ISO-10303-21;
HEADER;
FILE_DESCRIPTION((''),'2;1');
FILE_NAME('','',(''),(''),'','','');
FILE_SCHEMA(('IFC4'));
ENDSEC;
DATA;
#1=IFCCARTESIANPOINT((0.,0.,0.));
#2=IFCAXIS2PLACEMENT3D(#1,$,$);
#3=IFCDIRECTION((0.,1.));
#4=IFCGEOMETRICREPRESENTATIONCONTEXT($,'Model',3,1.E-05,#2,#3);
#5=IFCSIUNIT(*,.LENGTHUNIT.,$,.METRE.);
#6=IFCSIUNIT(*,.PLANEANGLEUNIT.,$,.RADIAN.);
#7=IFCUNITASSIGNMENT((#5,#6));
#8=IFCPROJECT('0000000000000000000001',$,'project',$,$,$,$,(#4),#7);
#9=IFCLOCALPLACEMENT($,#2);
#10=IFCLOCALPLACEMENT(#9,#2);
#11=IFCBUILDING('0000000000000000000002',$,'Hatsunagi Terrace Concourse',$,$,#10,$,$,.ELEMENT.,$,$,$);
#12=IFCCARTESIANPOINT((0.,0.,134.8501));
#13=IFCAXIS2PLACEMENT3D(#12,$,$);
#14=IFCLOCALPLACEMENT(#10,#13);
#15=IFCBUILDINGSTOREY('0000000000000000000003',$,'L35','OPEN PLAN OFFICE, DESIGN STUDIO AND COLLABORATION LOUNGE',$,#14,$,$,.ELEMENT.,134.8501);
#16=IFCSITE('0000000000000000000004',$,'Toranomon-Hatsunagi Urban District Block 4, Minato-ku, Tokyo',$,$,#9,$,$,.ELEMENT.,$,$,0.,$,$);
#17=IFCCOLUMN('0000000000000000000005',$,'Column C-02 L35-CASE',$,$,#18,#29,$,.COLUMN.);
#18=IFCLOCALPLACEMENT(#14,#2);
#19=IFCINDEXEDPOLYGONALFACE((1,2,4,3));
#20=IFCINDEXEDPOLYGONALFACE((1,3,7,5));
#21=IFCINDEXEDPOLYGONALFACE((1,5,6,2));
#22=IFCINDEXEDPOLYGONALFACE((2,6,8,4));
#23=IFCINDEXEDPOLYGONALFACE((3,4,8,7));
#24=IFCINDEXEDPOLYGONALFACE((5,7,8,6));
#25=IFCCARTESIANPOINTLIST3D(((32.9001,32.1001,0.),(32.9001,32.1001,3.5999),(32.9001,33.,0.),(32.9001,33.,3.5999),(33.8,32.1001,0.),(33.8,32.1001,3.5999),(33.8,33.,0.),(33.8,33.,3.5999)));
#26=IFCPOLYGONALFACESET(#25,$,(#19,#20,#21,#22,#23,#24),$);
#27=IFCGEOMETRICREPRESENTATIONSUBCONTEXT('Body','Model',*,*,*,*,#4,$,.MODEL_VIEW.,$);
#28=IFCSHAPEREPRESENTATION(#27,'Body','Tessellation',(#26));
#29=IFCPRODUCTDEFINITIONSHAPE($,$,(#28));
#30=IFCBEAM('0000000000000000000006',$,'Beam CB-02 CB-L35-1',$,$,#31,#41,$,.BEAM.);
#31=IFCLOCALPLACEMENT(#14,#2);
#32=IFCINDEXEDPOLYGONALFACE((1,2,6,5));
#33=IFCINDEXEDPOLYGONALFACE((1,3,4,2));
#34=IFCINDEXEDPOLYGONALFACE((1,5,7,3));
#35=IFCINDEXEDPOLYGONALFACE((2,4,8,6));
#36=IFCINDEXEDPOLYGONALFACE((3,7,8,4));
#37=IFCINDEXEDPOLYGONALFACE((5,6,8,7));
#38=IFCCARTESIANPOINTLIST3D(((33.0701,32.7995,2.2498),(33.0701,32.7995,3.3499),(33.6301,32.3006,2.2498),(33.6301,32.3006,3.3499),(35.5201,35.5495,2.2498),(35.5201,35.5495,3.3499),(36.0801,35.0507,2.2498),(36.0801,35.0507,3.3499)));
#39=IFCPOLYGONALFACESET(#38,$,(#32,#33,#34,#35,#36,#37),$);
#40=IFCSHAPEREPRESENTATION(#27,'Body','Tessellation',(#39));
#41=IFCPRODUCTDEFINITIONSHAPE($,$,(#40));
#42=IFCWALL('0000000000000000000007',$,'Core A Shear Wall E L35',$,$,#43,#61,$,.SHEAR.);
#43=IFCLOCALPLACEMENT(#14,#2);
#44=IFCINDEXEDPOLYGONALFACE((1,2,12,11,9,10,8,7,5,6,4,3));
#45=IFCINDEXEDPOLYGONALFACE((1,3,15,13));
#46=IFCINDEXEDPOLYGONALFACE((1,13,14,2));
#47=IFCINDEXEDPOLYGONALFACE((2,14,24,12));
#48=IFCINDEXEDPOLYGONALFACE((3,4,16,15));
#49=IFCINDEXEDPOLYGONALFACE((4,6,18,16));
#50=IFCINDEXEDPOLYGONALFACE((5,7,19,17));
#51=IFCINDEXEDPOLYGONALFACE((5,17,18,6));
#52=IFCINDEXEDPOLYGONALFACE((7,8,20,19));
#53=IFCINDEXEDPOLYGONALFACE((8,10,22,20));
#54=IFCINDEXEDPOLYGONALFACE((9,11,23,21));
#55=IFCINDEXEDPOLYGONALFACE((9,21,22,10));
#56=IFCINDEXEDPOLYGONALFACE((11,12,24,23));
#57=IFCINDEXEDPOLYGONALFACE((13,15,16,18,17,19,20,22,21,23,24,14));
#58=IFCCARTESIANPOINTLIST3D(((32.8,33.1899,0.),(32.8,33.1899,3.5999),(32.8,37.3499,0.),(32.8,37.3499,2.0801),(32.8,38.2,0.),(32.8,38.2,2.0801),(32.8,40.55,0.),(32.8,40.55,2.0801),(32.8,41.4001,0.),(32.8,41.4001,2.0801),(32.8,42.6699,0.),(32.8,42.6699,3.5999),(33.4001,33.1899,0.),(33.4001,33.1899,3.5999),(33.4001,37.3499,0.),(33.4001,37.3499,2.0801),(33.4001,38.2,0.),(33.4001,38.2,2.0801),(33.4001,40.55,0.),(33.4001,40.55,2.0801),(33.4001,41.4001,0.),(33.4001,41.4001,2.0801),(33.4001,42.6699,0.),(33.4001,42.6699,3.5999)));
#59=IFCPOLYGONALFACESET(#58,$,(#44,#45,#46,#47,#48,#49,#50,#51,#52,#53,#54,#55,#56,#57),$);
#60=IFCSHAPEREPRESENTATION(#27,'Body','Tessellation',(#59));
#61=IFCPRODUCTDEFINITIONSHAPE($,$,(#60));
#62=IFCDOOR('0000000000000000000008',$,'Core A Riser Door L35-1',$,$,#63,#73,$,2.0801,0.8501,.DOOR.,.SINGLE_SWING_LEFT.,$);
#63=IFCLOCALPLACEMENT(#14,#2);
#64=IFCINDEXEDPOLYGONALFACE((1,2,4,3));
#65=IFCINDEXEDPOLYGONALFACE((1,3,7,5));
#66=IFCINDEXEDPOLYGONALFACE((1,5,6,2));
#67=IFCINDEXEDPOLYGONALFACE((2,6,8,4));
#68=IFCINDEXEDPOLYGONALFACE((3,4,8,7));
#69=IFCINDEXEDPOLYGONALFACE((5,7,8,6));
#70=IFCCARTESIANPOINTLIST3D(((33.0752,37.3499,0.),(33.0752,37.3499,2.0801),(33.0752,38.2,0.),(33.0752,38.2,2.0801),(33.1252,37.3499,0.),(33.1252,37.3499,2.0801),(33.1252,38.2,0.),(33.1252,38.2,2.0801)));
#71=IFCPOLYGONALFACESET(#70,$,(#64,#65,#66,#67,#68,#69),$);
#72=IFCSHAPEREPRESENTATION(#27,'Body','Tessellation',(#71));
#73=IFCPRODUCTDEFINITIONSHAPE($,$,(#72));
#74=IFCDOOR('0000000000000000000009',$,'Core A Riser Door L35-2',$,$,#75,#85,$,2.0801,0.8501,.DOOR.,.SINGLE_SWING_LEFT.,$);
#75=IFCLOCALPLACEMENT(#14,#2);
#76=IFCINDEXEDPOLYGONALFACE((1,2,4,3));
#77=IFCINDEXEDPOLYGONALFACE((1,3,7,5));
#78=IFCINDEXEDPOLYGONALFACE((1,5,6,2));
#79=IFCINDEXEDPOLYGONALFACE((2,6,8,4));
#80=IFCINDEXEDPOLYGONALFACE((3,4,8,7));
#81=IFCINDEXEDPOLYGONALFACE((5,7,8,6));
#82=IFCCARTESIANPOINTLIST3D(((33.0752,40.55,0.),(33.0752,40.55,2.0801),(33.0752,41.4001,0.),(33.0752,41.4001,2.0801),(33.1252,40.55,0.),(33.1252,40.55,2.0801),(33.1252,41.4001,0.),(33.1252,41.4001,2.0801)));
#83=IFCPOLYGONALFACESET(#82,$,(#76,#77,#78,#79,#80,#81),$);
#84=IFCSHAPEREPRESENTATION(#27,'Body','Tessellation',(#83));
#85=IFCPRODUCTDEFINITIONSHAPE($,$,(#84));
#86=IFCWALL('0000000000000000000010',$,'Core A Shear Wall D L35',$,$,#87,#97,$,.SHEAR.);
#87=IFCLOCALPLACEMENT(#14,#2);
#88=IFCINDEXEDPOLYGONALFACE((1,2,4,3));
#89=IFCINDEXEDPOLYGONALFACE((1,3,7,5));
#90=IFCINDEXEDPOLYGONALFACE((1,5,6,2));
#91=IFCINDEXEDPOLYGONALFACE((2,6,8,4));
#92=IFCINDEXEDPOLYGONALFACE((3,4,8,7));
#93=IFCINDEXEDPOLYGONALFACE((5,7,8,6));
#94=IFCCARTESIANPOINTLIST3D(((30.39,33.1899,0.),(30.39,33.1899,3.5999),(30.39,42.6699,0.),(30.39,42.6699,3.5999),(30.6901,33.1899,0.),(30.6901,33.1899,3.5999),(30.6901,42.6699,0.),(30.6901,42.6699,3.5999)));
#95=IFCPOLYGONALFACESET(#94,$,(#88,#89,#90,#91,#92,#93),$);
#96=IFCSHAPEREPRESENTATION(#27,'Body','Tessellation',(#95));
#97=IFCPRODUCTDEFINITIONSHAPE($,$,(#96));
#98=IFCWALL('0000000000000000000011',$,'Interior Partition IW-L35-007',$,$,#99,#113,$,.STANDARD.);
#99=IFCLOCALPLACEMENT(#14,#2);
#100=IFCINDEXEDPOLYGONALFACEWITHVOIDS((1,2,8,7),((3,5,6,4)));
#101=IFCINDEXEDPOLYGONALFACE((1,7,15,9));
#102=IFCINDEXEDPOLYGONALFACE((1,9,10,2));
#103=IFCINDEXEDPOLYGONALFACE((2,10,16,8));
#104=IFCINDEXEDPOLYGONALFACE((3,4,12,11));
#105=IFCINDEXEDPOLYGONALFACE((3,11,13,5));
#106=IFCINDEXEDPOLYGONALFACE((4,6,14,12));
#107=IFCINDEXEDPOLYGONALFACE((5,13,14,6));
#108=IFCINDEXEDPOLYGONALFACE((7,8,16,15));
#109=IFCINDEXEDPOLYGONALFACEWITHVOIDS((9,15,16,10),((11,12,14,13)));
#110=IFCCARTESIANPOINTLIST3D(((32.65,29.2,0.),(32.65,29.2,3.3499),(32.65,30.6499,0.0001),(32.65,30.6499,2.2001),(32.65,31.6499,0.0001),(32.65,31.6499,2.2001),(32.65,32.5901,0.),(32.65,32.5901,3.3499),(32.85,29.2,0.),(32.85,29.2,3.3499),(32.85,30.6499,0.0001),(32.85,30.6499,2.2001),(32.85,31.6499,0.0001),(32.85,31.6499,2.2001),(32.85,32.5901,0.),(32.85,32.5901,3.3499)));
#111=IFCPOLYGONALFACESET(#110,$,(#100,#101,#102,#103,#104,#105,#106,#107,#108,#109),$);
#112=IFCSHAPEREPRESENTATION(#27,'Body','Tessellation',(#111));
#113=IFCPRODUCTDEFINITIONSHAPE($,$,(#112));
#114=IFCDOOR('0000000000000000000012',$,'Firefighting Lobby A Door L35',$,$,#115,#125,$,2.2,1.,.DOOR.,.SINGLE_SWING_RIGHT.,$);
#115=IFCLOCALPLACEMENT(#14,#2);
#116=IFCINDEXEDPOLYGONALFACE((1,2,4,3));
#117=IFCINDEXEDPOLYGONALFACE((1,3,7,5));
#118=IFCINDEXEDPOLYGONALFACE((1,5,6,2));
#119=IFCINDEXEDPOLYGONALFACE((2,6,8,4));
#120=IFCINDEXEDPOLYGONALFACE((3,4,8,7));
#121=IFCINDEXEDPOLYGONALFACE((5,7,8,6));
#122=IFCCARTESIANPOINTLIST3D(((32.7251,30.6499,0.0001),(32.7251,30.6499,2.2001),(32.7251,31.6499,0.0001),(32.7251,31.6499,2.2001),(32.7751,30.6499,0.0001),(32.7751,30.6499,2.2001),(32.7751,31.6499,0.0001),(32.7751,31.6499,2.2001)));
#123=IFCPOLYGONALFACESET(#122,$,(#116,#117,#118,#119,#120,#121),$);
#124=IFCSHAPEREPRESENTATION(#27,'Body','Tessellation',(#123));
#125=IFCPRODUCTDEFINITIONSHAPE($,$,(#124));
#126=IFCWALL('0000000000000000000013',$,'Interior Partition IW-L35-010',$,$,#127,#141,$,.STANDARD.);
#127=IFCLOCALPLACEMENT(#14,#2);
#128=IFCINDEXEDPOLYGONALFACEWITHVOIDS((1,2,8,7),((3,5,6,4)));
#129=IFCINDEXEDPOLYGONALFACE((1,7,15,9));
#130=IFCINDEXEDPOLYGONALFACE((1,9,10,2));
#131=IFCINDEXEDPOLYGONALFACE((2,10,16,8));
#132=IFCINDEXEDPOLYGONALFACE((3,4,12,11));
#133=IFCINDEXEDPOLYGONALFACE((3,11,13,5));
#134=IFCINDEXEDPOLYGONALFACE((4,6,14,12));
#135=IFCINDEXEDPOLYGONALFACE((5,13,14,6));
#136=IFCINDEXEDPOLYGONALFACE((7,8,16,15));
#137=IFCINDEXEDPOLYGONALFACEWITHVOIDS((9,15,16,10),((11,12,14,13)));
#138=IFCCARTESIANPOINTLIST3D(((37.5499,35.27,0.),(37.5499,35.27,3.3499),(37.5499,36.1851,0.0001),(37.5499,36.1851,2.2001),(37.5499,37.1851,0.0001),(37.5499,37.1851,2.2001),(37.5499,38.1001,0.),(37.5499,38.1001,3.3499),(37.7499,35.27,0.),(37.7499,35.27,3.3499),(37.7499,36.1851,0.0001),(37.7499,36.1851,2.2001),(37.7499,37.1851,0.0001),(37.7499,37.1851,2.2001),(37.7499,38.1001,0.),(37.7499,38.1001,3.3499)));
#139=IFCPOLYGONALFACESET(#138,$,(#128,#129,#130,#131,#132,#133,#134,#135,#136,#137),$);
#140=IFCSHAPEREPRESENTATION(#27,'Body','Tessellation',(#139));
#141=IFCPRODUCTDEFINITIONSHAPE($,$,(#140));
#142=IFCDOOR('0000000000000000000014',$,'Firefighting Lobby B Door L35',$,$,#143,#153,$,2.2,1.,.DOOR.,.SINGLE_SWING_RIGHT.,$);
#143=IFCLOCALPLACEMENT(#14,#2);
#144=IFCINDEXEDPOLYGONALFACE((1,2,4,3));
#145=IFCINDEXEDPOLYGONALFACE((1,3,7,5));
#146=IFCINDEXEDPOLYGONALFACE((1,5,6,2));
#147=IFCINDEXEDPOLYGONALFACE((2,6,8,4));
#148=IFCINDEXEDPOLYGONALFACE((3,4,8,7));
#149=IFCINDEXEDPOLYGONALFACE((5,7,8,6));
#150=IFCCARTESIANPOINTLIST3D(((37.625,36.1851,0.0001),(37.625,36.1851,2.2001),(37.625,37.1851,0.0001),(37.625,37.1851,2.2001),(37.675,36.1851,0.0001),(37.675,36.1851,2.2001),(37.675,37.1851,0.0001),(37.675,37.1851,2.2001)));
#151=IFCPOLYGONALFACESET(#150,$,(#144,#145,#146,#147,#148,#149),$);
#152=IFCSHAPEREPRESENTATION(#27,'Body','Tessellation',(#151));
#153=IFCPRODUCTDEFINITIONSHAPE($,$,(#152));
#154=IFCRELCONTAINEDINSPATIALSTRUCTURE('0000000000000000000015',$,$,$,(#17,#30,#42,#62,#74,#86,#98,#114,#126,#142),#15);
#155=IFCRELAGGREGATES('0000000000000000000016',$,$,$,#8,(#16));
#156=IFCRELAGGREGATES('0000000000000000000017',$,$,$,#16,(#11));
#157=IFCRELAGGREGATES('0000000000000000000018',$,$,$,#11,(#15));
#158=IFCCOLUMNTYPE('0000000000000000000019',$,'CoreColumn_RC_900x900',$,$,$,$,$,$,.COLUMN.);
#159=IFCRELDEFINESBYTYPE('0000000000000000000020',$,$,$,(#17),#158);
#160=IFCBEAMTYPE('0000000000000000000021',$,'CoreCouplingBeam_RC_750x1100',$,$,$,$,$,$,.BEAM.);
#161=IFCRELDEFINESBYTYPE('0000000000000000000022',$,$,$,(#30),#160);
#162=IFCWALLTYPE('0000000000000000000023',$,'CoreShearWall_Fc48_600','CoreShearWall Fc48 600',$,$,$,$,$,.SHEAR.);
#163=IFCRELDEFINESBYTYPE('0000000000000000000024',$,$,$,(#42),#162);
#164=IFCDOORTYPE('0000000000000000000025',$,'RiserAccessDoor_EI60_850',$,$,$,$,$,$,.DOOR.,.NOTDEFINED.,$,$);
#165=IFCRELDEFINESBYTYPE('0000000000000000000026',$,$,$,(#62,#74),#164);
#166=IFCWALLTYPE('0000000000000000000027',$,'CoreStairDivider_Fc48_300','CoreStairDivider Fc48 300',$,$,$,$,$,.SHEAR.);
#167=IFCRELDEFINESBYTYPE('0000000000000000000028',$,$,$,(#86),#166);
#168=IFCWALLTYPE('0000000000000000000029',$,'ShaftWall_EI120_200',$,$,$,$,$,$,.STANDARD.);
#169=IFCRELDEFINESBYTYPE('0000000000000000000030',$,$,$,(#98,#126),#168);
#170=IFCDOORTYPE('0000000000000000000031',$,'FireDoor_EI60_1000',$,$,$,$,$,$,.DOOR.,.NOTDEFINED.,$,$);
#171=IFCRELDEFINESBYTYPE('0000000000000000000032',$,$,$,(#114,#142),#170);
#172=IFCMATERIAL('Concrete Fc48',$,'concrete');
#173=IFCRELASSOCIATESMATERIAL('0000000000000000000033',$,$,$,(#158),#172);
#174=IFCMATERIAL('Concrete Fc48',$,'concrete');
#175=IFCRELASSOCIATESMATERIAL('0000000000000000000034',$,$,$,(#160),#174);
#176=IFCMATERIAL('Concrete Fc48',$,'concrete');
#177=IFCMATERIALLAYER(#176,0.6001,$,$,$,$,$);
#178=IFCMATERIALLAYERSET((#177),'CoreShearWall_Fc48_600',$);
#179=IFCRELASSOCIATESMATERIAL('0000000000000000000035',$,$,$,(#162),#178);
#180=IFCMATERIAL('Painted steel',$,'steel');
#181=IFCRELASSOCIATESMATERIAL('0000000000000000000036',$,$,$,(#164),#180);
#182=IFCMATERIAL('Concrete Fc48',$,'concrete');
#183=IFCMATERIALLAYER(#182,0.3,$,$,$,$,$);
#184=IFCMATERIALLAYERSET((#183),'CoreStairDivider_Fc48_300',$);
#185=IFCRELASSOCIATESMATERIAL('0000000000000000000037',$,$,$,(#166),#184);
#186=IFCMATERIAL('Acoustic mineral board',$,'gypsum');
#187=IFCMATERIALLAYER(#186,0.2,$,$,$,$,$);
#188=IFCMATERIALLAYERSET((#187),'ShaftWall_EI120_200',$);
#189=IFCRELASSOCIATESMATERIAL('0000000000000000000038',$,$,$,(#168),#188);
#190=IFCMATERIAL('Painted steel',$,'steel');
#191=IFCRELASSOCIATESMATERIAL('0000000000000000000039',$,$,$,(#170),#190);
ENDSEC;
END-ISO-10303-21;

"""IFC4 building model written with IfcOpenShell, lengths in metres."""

from ifc_helpers import new_model, si_unit, direction, frame, frame_2d, origin, origin_2d, place, context, subcontext, project, spatial, rectangle, extrude, material, layer, layer_set, material_profile, profile_set, type_object, element, fill, save


model = new_model("IFC4")

# Units and contexts
model_context = context("Model", 3, precision=1e-05, world=origin(), true_north=direction((0.0, 1.0)))
body_context = subcontext(model_context, "Body", "Model", "MODEL_VIEW")
ifc_project = project(units=[si_unit("LENGTHUNIT", "METRE"), si_unit("PLANEANGLEUNIT", "RADIAN")], contexts=[model_context])

# Site, building, storey
site_placement = place(None, origin())
site = spatial("IfcSite", under=ifc_project, at=site_placement, Name="Toranomon-Hatsunagi Urban District Block 4, Minato-ku, Tokyo", CompositionType="ELEMENT", RefElevation=0.0)
building_placement = place(site_placement, origin())
building = spatial("IfcBuilding", under=site, at=building_placement, Name="Hatsunagi Terrace Concourse", CompositionType="ELEMENT")
storey_placement = place(building_placement, frame((0.0, 0.0, 134.8501)))
storey = spatial("IfcBuildingStorey", under=building, at=storey_placement, Name="L35", Description="OPEN PLAN OFFICE, DESIGN STUDIO AND COLLABORATION LOUNGE", CompositionType="ELEMENT", Elevation=134.8501)

# Column
ifc_material_1 = material(Name="Concrete Fc48", Category="concrete")
ifc_material_profile_1 = material_profile(ifc_material_1, rectangle(XDim=0.8999, YDim=0.8999, at=origin_2d()), Name="RC-900x900")
ifc_profile_set_1 = profile_set([ifc_material_profile_1], Name="Concrete Fc48")
column_type = type_object("IfcColumnType", Name="CoreColumn_RC_900x900", PredefinedType="COLUMN", material=ifc_profile_set_1)
column_placement = place(storey_placement, frame((33.3501, 32.55, 0.0), z_axis=(0.0, 0.0, 1.0), x_axis=(1.0, 0.0, 0.0)))
element("IfcColumn", 1, at=column_placement, inside=storey, type_object=column_type, Name="Column C-02 L35-CASE", PredefinedType="COLUMN", context=body_context, shape_type="SweptSolid", body=[
    extrude(rectangle(XDim=0.8999, YDim=0.8999, at=origin_2d()), origin(), (0.0, 0.0, 1.0), 3.5999),
])

# Beam
ifc_material_2 = material(Name="Concrete Fc48", Category="concrete")
ifc_material_profile_2 = material_profile(ifc_material_2, rectangle(XDim=0.75, YDim=1.1001, at=origin_2d()), Name="RC-750x1100")
ifc_profile_set_2 = profile_set([ifc_material_profile_2], Name="Concrete Fc48")
beam_type = type_object("IfcBeamType", Name="CoreCouplingBeam_RC_750x1100", PredefinedType="BEAM", material=ifc_profile_set_2)
beam_placement = place(storey_placement, frame((33.3501, 32.55, 2.7998), z_axis=(0.665199, 0.746666, 0.0), x_axis=(-0.746666, 0.665199, 0.0)))
element("IfcBeam", 2, at=beam_placement, inside=storey, type_object=beam_type, Name="Beam CB-02 CB-L35-1", PredefinedType="BEAM", context=body_context, shape_type="SweptSolid", body=[
    extrude(rectangle(XDim=0.75, YDim=1.1001, at=origin_2d()), origin(), (0.0, 0.0, 1.0), 3.6831),
])

# Wall, openings, doors
ifc_material_3 = material(Name="Concrete Fc48", Category="concrete")
ifc_layer_1 = layer(ifc_material_3, 0.6001)
ifc_layer_set_1 = layer_set([ifc_layer_1], Name="CoreShearWall_Fc48_600")
wall_type_1 = type_object("IfcWallType", Name="CoreShearWall_Fc48_600", Description="CoreShearWall Fc48 600", PredefinedType="SHEAR", material=ifc_layer_set_1)
wall_1_placement = place(storey_placement, frame((33.1001, 33.1899, 0.0), z_axis=(0.0, 0.0, 1.0), x_axis=(0.0, 1.0, 0.0)))
wall_1 = element("IfcWall", 3, at=wall_1_placement, inside=storey, type_object=wall_type_1, Name="Core A Shear Wall E L35", PredefinedType="SHEAR", context=body_context, shape_type="SweptSolid", body=[
    extrude(rectangle(XDim=9.48, YDim=0.6001, at=frame_2d((4.74, 0.0))), origin(), (0.0, 0.0, 1.0), 3.5999),
])
opening_1_placement = place(wall_1_placement, frame((4.1599, 0.0, 0.0)))
opening_1 = element("IfcOpeningElement", 4, at=opening_1_placement, cuts=wall_1, PredefinedType="OPENING", context=body_context, shape_type="SweptSolid", body=[
    extrude(rectangle(XDim=0.8501, YDim=2.0801, at=frame_2d((0.425, 1.04))), frame((0.0, 0.3101, 0.0), z_axis=(0.0, -1.0, 0.0), x_axis=(1.0, 0.0, 0.0)), (0.0, 0.0, 1.0), 0.6201),
])
opening_2_placement = place(wall_1_placement, frame((7.3601, 0.0, 0.0)))
opening_2 = element("IfcOpeningElement", 5, at=opening_2_placement, cuts=wall_1, PredefinedType="OPENING", context=body_context, shape_type="SweptSolid", body=[
    extrude(rectangle(XDim=0.8501, YDim=2.0801, at=frame_2d((0.425, 1.04))), frame((0.0, 0.3101, 0.0), z_axis=(0.0, -1.0, 0.0), x_axis=(1.0, 0.0, 0.0)), (0.0, 0.0, 1.0), 0.6201),
])
ifc_material_4 = material(Name="Painted steel", Category="steel")
door_type_1 = type_object("IfcDoorType", Name="RiserAccessDoor_EI60_850", OperationType="NOTDEFINED", PredefinedType="DOOR", material=ifc_material_4)
door_1_placement = place(opening_1_placement, origin())
door_1 = element("IfcDoor", 6, at=door_1_placement, inside=storey, type_object=door_type_1, Name="Core A Riser Door L35-1", OperationType="SINGLE_SWING_LEFT", OverallHeight=2.0801, OverallWidth=0.8501, PredefinedType="DOOR", context=body_context, shape_type="SweptSolid", body=[
    extrude(rectangle(XDim=0.8501, YDim=2.0801, at=frame_2d((0.425, 1.04))), frame((0.0, 0.0249, 0.0), z_axis=(0.0, -1.0, 0.0), x_axis=(1.0, 0.0, 0.0)), (0.0, 0.0, 1.0), 0.05),
])
fill(opening_1, door_1)
door_2_placement = place(opening_2_placement, origin())
door_2 = element("IfcDoor", 7, at=door_2_placement, inside=storey, type_object=door_type_1, Name="Core A Riser Door L35-2", OperationType="SINGLE_SWING_LEFT", OverallHeight=2.0801, OverallWidth=0.8501, PredefinedType="DOOR", context=body_context, shape_type="SweptSolid", body=[
    extrude(rectangle(XDim=0.8501, YDim=2.0801, at=frame_2d((0.425, 1.04))), frame((0.0, 0.0249, 0.0), z_axis=(0.0, -1.0, 0.0), x_axis=(1.0, 0.0, 0.0)), (0.0, 0.0, 1.0), 0.05),
])
fill(opening_2, door_2)

# Wall
ifc_material_5 = material(Name="Concrete Fc48", Category="concrete")
ifc_layer_2 = layer(ifc_material_5, 0.3)
ifc_layer_set_2 = layer_set([ifc_layer_2], Name="CoreStairDivider_Fc48_300")
wall_type_2 = type_object("IfcWallType", Name="CoreStairDivider_Fc48_300", Description="CoreStairDivider Fc48 300", PredefinedType="SHEAR", material=ifc_layer_set_2)
wall_2_placement = place(storey_placement, frame((30.54, 33.1899, 0.0), z_axis=(0.0, 0.0, 1.0), x_axis=(0.0, 1.0, 0.0)))
element("IfcWall", 8, at=wall_2_placement, inside=storey, type_object=wall_type_2, Name="Core A Shear Wall D L35", PredefinedType="SHEAR", context=body_context, shape_type="SweptSolid", body=[
    extrude(rectangle(XDim=9.48, YDim=0.3, at=frame_2d((4.74, 0.0))), origin(), (0.0, 0.0, 1.0), 3.5999),
])

# Walls, openings, doors
ifc_material_6 = material(Name="Acoustic mineral board", Category="gypsum")
ifc_layer_3 = layer(ifc_material_6, 0.2)
ifc_layer_set_3 = layer_set([ifc_layer_3], Name="ShaftWall_EI120_200")
wall_type_3 = type_object("IfcWallType", Name="ShaftWall_EI120_200", PredefinedType="STANDARD", material=ifc_layer_set_3)
wall_3_placement = place(storey_placement, frame((32.75, 29.2, 0.0), z_axis=(0.0, 0.0, 1.0), x_axis=(0.0, 1.0, 0.0)))
wall_3 = element("IfcWall", 9, at=wall_3_placement, inside=storey, type_object=wall_type_3, Name="Interior Partition IW-L35-007", PredefinedType="STANDARD", context=body_context, shape_type="SweptSolid", body=[
    extrude(rectangle(XDim=3.3901, YDim=0.2, at=frame_2d((1.6951, 0.0))), origin(), (0.0, 0.0, 1.0), 3.3499),
])
opening_3_placement = place(wall_3_placement, frame((1.45, 0.0, 0.0)))
opening_3 = element("IfcOpeningElement", 10, at=opening_3_placement, cuts=wall_3, PredefinedType="OPENING", context=body_context, shape_type="SweptSolid", body=[
    extrude(rectangle(XDim=1.0, YDim=2.2, at=frame_2d((0.5, 1.1001))), frame((0.0, 0.1099, 0.0), z_axis=(0.0, -1.0, 0.0), x_axis=(1.0, 0.0, 0.0)), (0.0, 0.0, 1.0), 0.22),
])
ifc_material_7 = material(Name="Painted steel", Category="steel")
door_type_2 = type_object("IfcDoorType", Name="FireDoor_EI60_1000", OperationType="NOTDEFINED", PredefinedType="DOOR", material=ifc_material_7)
door_3_placement = place(opening_3_placement, origin())
door_3 = element("IfcDoor", 11, at=door_3_placement, inside=storey, type_object=door_type_2, Name="Firefighting Lobby A Door L35", OperationType="SINGLE_SWING_RIGHT", OverallHeight=2.2, OverallWidth=1.0, PredefinedType="DOOR", context=body_context, shape_type="SweptSolid", body=[
    extrude(rectangle(XDim=1.0, YDim=2.2, at=frame_2d((0.5, 1.1001))), frame((0.0, 0.0249, 0.0), z_axis=(0.0, -1.0, 0.0), x_axis=(1.0, 0.0, 0.0)), (0.0, 0.0, 1.0), 0.05),
])
fill(opening_3, door_3)
wall_4_placement = place(storey_placement, frame((37.6499, 35.27, 0.0), z_axis=(0.0, 0.0, 1.0), x_axis=(0.0, 1.0, 0.0)))
wall_4 = element("IfcWall", 12, at=wall_4_placement, inside=storey, type_object=wall_type_3, Name="Interior Partition IW-L35-010", PredefinedType="STANDARD", context=body_context, shape_type="SweptSolid", body=[
    extrude(rectangle(XDim=2.8301, YDim=0.2, at=frame_2d((1.415, 0.0))), origin(), (0.0, 0.0, 1.0), 3.3499),
])
opening_4_placement = place(wall_4_placement, frame((0.915, 0.0, 0.0)))
opening_4 = element("IfcOpeningElement", 13, at=opening_4_placement, cuts=wall_4, PredefinedType="OPENING", context=body_context, shape_type="SweptSolid", body=[
    extrude(rectangle(XDim=1.0, YDim=2.2, at=frame_2d((0.5, 1.1001))), frame((0.0, 0.1099, 0.0), z_axis=(0.0, -1.0, 0.0), x_axis=(1.0, 0.0, 0.0)), (0.0, 0.0, 1.0), 0.22),
])
door_4_placement = place(opening_4_placement, origin())
door_4 = element("IfcDoor", 14, at=door_4_placement, inside=storey, type_object=door_type_2, Name="Firefighting Lobby B Door L35", OperationType="SINGLE_SWING_RIGHT", OverallHeight=2.2, OverallWidth=1.0, PredefinedType="DOOR", context=body_context, shape_type="SweptSolid", body=[
    extrude(rectangle(XDim=1.0, YDim=2.2, at=frame_2d((0.5, 1.1001))), frame((0.0, 0.0249, 0.0), z_axis=(0.0, -1.0, 0.0), x_axis=(1.0, 0.0, 0.0)), (0.0, 0.0, 1.0), 0.05),
])
fill(opening_4, door_4)

save(model, "model.ifc")
